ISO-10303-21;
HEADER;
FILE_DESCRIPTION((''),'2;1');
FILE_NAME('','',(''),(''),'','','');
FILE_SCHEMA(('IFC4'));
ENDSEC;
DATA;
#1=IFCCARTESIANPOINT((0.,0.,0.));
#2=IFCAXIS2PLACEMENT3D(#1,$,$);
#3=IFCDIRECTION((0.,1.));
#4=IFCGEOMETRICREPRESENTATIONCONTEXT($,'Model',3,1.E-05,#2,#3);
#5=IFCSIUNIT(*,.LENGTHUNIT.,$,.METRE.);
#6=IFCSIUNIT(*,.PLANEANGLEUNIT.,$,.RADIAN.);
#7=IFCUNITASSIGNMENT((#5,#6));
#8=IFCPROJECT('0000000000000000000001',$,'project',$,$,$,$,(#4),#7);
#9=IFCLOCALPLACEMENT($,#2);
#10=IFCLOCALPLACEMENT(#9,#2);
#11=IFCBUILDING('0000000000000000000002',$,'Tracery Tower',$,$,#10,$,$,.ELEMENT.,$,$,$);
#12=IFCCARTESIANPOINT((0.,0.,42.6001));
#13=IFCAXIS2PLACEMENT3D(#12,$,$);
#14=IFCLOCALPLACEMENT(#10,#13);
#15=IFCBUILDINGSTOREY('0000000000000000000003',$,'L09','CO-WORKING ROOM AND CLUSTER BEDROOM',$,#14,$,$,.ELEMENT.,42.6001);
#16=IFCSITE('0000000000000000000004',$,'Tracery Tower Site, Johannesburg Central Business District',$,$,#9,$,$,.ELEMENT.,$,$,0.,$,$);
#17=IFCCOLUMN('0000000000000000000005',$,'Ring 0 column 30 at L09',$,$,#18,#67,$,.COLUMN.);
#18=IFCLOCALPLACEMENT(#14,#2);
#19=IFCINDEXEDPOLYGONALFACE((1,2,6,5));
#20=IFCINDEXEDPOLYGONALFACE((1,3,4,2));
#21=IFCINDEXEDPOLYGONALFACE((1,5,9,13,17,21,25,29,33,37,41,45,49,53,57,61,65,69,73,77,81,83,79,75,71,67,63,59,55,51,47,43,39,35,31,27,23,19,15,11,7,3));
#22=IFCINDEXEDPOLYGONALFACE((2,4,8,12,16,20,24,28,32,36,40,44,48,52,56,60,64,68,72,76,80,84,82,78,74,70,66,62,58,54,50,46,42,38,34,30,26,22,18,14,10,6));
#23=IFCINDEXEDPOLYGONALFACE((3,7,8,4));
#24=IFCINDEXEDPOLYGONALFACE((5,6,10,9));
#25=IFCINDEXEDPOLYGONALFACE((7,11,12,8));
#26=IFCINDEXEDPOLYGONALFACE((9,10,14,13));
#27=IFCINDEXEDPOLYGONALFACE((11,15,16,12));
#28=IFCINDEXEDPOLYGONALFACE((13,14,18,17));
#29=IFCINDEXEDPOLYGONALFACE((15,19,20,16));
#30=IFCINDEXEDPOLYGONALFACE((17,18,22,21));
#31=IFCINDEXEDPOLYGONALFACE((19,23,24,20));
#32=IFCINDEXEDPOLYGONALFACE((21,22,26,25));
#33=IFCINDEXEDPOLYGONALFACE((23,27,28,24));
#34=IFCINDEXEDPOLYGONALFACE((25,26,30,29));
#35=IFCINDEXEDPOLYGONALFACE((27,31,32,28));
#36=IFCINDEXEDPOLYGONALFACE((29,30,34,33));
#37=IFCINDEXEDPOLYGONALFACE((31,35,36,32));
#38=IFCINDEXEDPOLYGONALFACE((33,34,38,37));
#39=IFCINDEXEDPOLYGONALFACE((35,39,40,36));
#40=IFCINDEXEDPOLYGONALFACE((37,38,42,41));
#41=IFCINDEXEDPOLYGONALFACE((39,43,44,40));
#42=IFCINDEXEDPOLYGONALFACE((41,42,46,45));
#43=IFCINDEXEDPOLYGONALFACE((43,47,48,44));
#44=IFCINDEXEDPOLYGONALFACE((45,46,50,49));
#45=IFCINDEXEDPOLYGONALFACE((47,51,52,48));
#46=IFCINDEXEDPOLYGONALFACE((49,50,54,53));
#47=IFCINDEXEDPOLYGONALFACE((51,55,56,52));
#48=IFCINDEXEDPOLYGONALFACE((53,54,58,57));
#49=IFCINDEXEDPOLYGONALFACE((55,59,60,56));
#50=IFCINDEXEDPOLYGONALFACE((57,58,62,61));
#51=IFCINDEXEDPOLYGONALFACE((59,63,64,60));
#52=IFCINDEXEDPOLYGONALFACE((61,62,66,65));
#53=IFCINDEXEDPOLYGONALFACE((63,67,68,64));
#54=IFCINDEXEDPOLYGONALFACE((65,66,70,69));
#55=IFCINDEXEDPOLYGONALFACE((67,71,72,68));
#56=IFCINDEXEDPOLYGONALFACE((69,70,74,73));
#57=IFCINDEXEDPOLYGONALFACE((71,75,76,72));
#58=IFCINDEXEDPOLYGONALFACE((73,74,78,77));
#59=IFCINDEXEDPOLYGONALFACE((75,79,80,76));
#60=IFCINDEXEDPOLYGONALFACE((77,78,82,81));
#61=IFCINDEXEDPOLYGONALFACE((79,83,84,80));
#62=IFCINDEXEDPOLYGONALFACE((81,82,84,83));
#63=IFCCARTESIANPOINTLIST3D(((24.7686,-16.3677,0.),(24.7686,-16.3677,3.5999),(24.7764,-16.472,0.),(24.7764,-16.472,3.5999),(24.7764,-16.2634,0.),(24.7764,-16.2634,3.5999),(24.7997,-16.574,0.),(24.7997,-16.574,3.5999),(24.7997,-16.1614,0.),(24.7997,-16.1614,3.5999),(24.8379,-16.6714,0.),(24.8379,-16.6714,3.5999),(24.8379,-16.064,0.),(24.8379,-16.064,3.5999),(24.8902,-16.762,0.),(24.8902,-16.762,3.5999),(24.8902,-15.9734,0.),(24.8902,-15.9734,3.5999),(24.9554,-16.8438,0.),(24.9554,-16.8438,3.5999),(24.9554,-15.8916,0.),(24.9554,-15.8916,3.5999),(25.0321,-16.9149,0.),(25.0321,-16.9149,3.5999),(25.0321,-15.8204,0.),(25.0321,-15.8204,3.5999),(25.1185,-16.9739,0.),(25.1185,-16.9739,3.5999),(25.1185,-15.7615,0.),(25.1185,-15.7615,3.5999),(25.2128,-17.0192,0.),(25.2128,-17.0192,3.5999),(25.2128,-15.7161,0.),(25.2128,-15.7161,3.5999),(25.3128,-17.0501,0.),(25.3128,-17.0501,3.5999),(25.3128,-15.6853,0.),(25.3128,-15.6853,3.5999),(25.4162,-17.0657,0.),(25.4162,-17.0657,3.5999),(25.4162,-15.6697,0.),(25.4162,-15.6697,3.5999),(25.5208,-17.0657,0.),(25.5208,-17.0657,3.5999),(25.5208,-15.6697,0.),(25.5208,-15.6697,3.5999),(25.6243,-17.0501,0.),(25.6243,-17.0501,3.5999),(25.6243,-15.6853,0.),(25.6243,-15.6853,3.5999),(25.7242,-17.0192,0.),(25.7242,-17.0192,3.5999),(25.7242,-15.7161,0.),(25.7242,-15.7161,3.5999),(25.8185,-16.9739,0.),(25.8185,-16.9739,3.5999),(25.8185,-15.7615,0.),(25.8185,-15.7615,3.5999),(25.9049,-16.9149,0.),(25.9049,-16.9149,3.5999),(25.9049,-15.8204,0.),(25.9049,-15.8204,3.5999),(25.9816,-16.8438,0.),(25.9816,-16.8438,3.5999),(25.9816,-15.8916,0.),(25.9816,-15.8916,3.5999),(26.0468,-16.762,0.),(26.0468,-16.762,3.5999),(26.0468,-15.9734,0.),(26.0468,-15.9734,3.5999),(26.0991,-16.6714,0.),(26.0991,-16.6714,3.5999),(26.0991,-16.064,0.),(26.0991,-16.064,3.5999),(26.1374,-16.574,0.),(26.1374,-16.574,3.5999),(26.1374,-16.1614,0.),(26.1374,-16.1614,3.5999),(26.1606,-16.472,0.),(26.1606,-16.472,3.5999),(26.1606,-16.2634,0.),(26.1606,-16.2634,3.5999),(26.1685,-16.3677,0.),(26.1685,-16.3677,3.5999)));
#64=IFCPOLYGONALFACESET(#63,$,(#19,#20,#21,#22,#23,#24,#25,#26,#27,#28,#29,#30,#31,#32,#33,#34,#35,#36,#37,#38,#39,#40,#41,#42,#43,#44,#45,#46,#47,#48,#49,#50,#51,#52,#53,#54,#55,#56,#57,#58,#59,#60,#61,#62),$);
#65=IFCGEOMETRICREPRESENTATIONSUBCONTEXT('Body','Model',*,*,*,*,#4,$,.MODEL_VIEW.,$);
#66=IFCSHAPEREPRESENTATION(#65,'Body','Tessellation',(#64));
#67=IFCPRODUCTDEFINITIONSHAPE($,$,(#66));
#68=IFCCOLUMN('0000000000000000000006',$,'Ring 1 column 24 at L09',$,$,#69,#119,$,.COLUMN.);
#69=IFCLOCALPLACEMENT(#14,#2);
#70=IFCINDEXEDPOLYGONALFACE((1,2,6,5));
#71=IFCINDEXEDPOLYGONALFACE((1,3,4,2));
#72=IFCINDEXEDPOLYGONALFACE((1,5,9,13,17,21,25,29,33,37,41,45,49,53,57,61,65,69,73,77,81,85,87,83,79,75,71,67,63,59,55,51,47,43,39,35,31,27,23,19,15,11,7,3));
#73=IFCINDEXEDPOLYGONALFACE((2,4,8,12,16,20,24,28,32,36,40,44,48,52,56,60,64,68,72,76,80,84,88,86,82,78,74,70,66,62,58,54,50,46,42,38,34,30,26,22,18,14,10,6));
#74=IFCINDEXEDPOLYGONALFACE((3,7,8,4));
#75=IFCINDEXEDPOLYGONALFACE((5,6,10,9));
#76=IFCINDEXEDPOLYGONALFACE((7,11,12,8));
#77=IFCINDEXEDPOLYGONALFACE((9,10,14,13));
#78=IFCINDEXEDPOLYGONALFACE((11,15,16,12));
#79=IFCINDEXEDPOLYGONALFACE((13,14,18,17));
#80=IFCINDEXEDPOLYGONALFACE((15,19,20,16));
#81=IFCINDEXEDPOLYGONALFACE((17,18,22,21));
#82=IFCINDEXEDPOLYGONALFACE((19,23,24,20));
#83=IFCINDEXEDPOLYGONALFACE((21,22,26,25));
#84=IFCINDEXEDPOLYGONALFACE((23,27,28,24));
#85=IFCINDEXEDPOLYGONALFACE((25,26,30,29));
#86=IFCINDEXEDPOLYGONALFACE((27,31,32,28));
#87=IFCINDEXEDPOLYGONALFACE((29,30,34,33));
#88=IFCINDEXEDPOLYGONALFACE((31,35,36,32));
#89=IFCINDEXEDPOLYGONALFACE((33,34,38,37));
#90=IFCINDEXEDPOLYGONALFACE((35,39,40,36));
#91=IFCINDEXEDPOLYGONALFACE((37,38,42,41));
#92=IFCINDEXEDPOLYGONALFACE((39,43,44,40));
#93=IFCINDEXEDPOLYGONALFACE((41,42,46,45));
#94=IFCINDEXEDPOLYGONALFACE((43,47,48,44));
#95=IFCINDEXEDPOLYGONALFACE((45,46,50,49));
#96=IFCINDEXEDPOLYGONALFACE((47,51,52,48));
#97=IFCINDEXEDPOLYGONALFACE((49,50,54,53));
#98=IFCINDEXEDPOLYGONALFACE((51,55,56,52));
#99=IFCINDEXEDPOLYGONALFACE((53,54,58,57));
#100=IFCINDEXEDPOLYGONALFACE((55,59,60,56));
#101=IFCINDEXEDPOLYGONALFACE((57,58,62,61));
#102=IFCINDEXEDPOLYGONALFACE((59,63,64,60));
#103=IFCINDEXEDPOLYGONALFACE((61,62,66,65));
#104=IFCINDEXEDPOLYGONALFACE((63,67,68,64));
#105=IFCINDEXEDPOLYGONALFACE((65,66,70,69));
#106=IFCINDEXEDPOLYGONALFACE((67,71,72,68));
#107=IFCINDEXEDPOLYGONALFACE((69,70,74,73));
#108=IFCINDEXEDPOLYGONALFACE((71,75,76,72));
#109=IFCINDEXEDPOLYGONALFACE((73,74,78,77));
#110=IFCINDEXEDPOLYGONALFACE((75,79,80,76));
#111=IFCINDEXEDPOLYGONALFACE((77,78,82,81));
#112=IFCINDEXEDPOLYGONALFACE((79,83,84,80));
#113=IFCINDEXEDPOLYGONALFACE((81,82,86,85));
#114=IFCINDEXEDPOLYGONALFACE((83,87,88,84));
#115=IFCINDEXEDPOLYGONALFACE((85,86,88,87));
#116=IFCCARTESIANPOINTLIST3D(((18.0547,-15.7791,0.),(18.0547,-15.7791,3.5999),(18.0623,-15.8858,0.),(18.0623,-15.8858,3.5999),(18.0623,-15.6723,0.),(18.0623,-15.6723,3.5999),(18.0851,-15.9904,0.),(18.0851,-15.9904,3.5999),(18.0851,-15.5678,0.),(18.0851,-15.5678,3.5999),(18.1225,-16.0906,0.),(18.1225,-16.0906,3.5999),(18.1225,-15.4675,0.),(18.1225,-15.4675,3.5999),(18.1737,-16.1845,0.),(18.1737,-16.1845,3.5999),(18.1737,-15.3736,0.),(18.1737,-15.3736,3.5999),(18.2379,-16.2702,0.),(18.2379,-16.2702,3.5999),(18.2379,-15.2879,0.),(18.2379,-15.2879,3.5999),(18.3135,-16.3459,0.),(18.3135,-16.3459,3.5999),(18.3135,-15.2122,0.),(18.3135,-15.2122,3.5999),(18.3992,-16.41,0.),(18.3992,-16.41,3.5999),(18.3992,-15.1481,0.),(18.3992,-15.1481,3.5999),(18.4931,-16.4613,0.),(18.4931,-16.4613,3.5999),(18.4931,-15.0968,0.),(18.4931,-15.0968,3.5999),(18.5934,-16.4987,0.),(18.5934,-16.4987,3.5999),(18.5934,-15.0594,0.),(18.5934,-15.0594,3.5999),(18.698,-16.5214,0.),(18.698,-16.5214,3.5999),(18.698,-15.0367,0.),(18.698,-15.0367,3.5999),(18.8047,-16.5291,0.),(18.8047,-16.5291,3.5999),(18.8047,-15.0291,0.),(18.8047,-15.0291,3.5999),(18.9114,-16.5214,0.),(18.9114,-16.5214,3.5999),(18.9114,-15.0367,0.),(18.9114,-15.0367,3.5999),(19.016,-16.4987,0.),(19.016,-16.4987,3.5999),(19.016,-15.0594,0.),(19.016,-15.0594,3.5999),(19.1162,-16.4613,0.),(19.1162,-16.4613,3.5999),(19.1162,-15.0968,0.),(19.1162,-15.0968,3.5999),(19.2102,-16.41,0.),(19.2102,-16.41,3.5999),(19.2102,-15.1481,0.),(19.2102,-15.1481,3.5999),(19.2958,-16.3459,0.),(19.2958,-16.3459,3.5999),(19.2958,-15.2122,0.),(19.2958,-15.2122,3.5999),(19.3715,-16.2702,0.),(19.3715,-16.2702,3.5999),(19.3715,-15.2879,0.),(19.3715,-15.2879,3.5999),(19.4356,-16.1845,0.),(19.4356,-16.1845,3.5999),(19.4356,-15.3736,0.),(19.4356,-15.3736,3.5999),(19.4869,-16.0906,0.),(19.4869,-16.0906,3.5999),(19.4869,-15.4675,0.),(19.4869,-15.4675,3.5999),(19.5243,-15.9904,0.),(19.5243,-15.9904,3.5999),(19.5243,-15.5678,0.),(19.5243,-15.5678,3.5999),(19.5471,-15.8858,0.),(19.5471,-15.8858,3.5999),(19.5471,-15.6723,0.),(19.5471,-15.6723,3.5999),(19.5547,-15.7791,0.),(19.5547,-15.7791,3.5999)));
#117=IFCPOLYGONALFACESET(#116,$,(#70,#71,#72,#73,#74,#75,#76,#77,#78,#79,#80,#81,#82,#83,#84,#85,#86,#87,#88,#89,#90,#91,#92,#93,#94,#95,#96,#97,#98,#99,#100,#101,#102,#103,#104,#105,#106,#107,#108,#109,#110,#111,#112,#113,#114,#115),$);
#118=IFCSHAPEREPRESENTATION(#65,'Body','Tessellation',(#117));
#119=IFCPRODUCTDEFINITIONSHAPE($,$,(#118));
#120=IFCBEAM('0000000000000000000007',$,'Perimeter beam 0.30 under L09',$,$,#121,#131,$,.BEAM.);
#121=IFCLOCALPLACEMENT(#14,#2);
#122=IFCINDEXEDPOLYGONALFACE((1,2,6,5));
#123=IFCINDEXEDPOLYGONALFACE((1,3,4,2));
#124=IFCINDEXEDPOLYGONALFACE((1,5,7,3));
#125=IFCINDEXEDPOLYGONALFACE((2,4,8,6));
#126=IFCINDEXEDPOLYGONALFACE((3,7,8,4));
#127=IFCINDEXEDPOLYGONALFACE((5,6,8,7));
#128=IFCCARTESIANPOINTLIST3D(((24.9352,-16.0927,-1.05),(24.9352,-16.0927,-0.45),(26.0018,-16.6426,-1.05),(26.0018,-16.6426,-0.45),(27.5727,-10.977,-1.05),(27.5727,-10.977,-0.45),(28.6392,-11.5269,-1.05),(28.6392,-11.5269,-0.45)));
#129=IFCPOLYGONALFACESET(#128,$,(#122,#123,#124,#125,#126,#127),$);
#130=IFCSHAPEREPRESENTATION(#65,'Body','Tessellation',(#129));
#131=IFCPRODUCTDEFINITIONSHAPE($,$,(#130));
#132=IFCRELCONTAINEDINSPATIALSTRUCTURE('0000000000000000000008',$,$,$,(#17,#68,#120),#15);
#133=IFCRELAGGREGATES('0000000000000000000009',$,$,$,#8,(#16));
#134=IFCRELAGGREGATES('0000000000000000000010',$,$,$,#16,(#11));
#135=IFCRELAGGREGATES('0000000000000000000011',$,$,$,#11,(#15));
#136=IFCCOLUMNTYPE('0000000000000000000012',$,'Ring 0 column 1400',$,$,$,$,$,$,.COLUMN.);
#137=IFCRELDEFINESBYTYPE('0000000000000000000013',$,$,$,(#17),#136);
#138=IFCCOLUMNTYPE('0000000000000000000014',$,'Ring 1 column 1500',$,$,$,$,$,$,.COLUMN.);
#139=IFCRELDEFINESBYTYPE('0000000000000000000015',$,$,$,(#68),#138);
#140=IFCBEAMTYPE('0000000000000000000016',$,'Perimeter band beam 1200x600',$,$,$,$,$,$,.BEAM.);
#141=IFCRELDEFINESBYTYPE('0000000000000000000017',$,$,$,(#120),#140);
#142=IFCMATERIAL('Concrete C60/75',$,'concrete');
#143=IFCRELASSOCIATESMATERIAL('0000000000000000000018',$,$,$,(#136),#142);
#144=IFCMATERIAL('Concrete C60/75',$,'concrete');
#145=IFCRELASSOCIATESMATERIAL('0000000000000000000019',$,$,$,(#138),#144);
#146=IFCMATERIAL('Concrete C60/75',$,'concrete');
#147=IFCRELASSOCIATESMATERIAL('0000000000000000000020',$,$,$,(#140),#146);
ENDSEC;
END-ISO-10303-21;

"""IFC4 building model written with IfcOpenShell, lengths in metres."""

from ifc_helpers import new_model, si_unit, direction, frame, origin, origin_2d, place, context, subcontext, project, spatial, rectangle, circle, extrude, material, material_profile, profile_set, type_object, element, save


model = new_model("IFC4")

# Units and contexts
model_context = context("Model", 3, precision=1e-05, world=origin(), true_north=direction((0.0, 1.0)))
body_context = subcontext(model_context, "Body", "Model", "MODEL_VIEW")
ifc_project = project(units=[si_unit("LENGTHUNIT", "METRE"), si_unit("PLANEANGLEUNIT", "RADIAN")], contexts=[model_context])

# Site, building, storey
site_placement = place(None, origin())
site = spatial("IfcSite", under=ifc_project, at=site_placement, Name="Tracery Tower Site, Johannesburg Central Business District", CompositionType="ELEMENT", RefElevation=0.0)
building_placement = place(site_placement, origin())
building = spatial("IfcBuilding", under=site, at=building_placement, Name="Tracery Tower", CompositionType="ELEMENT")
storey_placement = place(building_placement, frame((0.0, 0.0, 42.6001)))
storey = spatial("IfcBuildingStorey", under=building, at=storey_placement, Name="L09", Description="CO-WORKING ROOM AND CLUSTER BEDROOM", CompositionType="ELEMENT", Elevation=42.6001)

# Columns
ifc_material_1 = material(Name="Concrete C60/75", Category="concrete")
ifc_material_profile_1 = material_profile(ifc_material_1, circle(Radius=0.7, at=origin_2d()), Name="RC D1400")
ifc_profile_set_1 = profile_set([ifc_material_profile_1], Name="Concrete C60/75")
column_type_1 = type_object("IfcColumnType", Name="Ring 0 column 1400", PredefinedType="COLUMN", material=ifc_profile_set_1)
column_1_placement = place(storey_placement, frame((25.4685, -16.3677, 0.0), z_axis=(0.0, 0.0, 1.0), x_axis=(1.0, 0.0, 0.0)))
element("IfcColumn", 1, at=column_1_placement, inside=storey, type_object=column_type_1, Name="Ring 0 column 30 at L09", PredefinedType="COLUMN", context=body_context, shape_type="SweptSolid", body=[
    extrude(circle(Radius=0.7, at=origin_2d()), origin(), (0.0, 0.0, 1.0), 3.5999),
])
ifc_material_2 = material(Name="Concrete C60/75", Category="concrete")
ifc_material_profile_2 = material_profile(ifc_material_2, circle(Radius=0.75, at=origin_2d()), Name="RC D1500")
ifc_profile_set_2 = profile_set([ifc_material_profile_2], Name="Concrete C60/75")
column_type_2 = type_object("IfcColumnType", Name="Ring 1 column 1500", PredefinedType="COLUMN", material=ifc_profile_set_2)
column_2_placement = place(storey_placement, frame((18.8047, -15.7791, 0.0), z_axis=(0.0, 0.0, 1.0), x_axis=(1.0, 0.0, 0.0)))
element("IfcColumn", 2, at=column_2_placement, inside=storey, type_object=column_type_2, Name="Ring 1 column 24 at L09", PredefinedType="COLUMN", context=body_context, shape_type="SweptSolid", body=[
    extrude(circle(Radius=0.75, at=origin_2d()), origin(), (0.0, 0.0, 1.0), 3.5999),
])

# Beam
ifc_material_3 = material(Name="Concrete C60/75", Category="concrete")
ifc_material_profile_3 = material_profile(ifc_material_3, rectangle(XDim=1.2, YDim=0.6001, at=origin_2d()), Name="RC 1200x600")
ifc_profile_set_3 = profile_set([ifc_material_profile_3], Name="Concrete C60/75")
beam_type = type_object("IfcBeamType", Name="Perimeter band beam 1200x600", PredefinedType="BEAM", material=ifc_profile_set_3)
beam_placement = place(storey_placement, frame((25.4685, -16.3677, -0.75), z_axis=(0.458242, 0.888827, 0.0), x_axis=(-0.888827, 0.458242, 0.0)))
element("IfcBeam", 3, at=beam_placement, inside=storey, type_object=beam_type, Name="Perimeter beam 0.30 under L09", PredefinedType="BEAM", context=body_context, shape_type="SweptSolid", body=[
    extrude(rectangle(XDim=1.2, YDim=0.6001, at=origin_2d()), origin(), (0.0, 0.0, 1.0), 5.7556),
])

save(model, "model.ifc")
